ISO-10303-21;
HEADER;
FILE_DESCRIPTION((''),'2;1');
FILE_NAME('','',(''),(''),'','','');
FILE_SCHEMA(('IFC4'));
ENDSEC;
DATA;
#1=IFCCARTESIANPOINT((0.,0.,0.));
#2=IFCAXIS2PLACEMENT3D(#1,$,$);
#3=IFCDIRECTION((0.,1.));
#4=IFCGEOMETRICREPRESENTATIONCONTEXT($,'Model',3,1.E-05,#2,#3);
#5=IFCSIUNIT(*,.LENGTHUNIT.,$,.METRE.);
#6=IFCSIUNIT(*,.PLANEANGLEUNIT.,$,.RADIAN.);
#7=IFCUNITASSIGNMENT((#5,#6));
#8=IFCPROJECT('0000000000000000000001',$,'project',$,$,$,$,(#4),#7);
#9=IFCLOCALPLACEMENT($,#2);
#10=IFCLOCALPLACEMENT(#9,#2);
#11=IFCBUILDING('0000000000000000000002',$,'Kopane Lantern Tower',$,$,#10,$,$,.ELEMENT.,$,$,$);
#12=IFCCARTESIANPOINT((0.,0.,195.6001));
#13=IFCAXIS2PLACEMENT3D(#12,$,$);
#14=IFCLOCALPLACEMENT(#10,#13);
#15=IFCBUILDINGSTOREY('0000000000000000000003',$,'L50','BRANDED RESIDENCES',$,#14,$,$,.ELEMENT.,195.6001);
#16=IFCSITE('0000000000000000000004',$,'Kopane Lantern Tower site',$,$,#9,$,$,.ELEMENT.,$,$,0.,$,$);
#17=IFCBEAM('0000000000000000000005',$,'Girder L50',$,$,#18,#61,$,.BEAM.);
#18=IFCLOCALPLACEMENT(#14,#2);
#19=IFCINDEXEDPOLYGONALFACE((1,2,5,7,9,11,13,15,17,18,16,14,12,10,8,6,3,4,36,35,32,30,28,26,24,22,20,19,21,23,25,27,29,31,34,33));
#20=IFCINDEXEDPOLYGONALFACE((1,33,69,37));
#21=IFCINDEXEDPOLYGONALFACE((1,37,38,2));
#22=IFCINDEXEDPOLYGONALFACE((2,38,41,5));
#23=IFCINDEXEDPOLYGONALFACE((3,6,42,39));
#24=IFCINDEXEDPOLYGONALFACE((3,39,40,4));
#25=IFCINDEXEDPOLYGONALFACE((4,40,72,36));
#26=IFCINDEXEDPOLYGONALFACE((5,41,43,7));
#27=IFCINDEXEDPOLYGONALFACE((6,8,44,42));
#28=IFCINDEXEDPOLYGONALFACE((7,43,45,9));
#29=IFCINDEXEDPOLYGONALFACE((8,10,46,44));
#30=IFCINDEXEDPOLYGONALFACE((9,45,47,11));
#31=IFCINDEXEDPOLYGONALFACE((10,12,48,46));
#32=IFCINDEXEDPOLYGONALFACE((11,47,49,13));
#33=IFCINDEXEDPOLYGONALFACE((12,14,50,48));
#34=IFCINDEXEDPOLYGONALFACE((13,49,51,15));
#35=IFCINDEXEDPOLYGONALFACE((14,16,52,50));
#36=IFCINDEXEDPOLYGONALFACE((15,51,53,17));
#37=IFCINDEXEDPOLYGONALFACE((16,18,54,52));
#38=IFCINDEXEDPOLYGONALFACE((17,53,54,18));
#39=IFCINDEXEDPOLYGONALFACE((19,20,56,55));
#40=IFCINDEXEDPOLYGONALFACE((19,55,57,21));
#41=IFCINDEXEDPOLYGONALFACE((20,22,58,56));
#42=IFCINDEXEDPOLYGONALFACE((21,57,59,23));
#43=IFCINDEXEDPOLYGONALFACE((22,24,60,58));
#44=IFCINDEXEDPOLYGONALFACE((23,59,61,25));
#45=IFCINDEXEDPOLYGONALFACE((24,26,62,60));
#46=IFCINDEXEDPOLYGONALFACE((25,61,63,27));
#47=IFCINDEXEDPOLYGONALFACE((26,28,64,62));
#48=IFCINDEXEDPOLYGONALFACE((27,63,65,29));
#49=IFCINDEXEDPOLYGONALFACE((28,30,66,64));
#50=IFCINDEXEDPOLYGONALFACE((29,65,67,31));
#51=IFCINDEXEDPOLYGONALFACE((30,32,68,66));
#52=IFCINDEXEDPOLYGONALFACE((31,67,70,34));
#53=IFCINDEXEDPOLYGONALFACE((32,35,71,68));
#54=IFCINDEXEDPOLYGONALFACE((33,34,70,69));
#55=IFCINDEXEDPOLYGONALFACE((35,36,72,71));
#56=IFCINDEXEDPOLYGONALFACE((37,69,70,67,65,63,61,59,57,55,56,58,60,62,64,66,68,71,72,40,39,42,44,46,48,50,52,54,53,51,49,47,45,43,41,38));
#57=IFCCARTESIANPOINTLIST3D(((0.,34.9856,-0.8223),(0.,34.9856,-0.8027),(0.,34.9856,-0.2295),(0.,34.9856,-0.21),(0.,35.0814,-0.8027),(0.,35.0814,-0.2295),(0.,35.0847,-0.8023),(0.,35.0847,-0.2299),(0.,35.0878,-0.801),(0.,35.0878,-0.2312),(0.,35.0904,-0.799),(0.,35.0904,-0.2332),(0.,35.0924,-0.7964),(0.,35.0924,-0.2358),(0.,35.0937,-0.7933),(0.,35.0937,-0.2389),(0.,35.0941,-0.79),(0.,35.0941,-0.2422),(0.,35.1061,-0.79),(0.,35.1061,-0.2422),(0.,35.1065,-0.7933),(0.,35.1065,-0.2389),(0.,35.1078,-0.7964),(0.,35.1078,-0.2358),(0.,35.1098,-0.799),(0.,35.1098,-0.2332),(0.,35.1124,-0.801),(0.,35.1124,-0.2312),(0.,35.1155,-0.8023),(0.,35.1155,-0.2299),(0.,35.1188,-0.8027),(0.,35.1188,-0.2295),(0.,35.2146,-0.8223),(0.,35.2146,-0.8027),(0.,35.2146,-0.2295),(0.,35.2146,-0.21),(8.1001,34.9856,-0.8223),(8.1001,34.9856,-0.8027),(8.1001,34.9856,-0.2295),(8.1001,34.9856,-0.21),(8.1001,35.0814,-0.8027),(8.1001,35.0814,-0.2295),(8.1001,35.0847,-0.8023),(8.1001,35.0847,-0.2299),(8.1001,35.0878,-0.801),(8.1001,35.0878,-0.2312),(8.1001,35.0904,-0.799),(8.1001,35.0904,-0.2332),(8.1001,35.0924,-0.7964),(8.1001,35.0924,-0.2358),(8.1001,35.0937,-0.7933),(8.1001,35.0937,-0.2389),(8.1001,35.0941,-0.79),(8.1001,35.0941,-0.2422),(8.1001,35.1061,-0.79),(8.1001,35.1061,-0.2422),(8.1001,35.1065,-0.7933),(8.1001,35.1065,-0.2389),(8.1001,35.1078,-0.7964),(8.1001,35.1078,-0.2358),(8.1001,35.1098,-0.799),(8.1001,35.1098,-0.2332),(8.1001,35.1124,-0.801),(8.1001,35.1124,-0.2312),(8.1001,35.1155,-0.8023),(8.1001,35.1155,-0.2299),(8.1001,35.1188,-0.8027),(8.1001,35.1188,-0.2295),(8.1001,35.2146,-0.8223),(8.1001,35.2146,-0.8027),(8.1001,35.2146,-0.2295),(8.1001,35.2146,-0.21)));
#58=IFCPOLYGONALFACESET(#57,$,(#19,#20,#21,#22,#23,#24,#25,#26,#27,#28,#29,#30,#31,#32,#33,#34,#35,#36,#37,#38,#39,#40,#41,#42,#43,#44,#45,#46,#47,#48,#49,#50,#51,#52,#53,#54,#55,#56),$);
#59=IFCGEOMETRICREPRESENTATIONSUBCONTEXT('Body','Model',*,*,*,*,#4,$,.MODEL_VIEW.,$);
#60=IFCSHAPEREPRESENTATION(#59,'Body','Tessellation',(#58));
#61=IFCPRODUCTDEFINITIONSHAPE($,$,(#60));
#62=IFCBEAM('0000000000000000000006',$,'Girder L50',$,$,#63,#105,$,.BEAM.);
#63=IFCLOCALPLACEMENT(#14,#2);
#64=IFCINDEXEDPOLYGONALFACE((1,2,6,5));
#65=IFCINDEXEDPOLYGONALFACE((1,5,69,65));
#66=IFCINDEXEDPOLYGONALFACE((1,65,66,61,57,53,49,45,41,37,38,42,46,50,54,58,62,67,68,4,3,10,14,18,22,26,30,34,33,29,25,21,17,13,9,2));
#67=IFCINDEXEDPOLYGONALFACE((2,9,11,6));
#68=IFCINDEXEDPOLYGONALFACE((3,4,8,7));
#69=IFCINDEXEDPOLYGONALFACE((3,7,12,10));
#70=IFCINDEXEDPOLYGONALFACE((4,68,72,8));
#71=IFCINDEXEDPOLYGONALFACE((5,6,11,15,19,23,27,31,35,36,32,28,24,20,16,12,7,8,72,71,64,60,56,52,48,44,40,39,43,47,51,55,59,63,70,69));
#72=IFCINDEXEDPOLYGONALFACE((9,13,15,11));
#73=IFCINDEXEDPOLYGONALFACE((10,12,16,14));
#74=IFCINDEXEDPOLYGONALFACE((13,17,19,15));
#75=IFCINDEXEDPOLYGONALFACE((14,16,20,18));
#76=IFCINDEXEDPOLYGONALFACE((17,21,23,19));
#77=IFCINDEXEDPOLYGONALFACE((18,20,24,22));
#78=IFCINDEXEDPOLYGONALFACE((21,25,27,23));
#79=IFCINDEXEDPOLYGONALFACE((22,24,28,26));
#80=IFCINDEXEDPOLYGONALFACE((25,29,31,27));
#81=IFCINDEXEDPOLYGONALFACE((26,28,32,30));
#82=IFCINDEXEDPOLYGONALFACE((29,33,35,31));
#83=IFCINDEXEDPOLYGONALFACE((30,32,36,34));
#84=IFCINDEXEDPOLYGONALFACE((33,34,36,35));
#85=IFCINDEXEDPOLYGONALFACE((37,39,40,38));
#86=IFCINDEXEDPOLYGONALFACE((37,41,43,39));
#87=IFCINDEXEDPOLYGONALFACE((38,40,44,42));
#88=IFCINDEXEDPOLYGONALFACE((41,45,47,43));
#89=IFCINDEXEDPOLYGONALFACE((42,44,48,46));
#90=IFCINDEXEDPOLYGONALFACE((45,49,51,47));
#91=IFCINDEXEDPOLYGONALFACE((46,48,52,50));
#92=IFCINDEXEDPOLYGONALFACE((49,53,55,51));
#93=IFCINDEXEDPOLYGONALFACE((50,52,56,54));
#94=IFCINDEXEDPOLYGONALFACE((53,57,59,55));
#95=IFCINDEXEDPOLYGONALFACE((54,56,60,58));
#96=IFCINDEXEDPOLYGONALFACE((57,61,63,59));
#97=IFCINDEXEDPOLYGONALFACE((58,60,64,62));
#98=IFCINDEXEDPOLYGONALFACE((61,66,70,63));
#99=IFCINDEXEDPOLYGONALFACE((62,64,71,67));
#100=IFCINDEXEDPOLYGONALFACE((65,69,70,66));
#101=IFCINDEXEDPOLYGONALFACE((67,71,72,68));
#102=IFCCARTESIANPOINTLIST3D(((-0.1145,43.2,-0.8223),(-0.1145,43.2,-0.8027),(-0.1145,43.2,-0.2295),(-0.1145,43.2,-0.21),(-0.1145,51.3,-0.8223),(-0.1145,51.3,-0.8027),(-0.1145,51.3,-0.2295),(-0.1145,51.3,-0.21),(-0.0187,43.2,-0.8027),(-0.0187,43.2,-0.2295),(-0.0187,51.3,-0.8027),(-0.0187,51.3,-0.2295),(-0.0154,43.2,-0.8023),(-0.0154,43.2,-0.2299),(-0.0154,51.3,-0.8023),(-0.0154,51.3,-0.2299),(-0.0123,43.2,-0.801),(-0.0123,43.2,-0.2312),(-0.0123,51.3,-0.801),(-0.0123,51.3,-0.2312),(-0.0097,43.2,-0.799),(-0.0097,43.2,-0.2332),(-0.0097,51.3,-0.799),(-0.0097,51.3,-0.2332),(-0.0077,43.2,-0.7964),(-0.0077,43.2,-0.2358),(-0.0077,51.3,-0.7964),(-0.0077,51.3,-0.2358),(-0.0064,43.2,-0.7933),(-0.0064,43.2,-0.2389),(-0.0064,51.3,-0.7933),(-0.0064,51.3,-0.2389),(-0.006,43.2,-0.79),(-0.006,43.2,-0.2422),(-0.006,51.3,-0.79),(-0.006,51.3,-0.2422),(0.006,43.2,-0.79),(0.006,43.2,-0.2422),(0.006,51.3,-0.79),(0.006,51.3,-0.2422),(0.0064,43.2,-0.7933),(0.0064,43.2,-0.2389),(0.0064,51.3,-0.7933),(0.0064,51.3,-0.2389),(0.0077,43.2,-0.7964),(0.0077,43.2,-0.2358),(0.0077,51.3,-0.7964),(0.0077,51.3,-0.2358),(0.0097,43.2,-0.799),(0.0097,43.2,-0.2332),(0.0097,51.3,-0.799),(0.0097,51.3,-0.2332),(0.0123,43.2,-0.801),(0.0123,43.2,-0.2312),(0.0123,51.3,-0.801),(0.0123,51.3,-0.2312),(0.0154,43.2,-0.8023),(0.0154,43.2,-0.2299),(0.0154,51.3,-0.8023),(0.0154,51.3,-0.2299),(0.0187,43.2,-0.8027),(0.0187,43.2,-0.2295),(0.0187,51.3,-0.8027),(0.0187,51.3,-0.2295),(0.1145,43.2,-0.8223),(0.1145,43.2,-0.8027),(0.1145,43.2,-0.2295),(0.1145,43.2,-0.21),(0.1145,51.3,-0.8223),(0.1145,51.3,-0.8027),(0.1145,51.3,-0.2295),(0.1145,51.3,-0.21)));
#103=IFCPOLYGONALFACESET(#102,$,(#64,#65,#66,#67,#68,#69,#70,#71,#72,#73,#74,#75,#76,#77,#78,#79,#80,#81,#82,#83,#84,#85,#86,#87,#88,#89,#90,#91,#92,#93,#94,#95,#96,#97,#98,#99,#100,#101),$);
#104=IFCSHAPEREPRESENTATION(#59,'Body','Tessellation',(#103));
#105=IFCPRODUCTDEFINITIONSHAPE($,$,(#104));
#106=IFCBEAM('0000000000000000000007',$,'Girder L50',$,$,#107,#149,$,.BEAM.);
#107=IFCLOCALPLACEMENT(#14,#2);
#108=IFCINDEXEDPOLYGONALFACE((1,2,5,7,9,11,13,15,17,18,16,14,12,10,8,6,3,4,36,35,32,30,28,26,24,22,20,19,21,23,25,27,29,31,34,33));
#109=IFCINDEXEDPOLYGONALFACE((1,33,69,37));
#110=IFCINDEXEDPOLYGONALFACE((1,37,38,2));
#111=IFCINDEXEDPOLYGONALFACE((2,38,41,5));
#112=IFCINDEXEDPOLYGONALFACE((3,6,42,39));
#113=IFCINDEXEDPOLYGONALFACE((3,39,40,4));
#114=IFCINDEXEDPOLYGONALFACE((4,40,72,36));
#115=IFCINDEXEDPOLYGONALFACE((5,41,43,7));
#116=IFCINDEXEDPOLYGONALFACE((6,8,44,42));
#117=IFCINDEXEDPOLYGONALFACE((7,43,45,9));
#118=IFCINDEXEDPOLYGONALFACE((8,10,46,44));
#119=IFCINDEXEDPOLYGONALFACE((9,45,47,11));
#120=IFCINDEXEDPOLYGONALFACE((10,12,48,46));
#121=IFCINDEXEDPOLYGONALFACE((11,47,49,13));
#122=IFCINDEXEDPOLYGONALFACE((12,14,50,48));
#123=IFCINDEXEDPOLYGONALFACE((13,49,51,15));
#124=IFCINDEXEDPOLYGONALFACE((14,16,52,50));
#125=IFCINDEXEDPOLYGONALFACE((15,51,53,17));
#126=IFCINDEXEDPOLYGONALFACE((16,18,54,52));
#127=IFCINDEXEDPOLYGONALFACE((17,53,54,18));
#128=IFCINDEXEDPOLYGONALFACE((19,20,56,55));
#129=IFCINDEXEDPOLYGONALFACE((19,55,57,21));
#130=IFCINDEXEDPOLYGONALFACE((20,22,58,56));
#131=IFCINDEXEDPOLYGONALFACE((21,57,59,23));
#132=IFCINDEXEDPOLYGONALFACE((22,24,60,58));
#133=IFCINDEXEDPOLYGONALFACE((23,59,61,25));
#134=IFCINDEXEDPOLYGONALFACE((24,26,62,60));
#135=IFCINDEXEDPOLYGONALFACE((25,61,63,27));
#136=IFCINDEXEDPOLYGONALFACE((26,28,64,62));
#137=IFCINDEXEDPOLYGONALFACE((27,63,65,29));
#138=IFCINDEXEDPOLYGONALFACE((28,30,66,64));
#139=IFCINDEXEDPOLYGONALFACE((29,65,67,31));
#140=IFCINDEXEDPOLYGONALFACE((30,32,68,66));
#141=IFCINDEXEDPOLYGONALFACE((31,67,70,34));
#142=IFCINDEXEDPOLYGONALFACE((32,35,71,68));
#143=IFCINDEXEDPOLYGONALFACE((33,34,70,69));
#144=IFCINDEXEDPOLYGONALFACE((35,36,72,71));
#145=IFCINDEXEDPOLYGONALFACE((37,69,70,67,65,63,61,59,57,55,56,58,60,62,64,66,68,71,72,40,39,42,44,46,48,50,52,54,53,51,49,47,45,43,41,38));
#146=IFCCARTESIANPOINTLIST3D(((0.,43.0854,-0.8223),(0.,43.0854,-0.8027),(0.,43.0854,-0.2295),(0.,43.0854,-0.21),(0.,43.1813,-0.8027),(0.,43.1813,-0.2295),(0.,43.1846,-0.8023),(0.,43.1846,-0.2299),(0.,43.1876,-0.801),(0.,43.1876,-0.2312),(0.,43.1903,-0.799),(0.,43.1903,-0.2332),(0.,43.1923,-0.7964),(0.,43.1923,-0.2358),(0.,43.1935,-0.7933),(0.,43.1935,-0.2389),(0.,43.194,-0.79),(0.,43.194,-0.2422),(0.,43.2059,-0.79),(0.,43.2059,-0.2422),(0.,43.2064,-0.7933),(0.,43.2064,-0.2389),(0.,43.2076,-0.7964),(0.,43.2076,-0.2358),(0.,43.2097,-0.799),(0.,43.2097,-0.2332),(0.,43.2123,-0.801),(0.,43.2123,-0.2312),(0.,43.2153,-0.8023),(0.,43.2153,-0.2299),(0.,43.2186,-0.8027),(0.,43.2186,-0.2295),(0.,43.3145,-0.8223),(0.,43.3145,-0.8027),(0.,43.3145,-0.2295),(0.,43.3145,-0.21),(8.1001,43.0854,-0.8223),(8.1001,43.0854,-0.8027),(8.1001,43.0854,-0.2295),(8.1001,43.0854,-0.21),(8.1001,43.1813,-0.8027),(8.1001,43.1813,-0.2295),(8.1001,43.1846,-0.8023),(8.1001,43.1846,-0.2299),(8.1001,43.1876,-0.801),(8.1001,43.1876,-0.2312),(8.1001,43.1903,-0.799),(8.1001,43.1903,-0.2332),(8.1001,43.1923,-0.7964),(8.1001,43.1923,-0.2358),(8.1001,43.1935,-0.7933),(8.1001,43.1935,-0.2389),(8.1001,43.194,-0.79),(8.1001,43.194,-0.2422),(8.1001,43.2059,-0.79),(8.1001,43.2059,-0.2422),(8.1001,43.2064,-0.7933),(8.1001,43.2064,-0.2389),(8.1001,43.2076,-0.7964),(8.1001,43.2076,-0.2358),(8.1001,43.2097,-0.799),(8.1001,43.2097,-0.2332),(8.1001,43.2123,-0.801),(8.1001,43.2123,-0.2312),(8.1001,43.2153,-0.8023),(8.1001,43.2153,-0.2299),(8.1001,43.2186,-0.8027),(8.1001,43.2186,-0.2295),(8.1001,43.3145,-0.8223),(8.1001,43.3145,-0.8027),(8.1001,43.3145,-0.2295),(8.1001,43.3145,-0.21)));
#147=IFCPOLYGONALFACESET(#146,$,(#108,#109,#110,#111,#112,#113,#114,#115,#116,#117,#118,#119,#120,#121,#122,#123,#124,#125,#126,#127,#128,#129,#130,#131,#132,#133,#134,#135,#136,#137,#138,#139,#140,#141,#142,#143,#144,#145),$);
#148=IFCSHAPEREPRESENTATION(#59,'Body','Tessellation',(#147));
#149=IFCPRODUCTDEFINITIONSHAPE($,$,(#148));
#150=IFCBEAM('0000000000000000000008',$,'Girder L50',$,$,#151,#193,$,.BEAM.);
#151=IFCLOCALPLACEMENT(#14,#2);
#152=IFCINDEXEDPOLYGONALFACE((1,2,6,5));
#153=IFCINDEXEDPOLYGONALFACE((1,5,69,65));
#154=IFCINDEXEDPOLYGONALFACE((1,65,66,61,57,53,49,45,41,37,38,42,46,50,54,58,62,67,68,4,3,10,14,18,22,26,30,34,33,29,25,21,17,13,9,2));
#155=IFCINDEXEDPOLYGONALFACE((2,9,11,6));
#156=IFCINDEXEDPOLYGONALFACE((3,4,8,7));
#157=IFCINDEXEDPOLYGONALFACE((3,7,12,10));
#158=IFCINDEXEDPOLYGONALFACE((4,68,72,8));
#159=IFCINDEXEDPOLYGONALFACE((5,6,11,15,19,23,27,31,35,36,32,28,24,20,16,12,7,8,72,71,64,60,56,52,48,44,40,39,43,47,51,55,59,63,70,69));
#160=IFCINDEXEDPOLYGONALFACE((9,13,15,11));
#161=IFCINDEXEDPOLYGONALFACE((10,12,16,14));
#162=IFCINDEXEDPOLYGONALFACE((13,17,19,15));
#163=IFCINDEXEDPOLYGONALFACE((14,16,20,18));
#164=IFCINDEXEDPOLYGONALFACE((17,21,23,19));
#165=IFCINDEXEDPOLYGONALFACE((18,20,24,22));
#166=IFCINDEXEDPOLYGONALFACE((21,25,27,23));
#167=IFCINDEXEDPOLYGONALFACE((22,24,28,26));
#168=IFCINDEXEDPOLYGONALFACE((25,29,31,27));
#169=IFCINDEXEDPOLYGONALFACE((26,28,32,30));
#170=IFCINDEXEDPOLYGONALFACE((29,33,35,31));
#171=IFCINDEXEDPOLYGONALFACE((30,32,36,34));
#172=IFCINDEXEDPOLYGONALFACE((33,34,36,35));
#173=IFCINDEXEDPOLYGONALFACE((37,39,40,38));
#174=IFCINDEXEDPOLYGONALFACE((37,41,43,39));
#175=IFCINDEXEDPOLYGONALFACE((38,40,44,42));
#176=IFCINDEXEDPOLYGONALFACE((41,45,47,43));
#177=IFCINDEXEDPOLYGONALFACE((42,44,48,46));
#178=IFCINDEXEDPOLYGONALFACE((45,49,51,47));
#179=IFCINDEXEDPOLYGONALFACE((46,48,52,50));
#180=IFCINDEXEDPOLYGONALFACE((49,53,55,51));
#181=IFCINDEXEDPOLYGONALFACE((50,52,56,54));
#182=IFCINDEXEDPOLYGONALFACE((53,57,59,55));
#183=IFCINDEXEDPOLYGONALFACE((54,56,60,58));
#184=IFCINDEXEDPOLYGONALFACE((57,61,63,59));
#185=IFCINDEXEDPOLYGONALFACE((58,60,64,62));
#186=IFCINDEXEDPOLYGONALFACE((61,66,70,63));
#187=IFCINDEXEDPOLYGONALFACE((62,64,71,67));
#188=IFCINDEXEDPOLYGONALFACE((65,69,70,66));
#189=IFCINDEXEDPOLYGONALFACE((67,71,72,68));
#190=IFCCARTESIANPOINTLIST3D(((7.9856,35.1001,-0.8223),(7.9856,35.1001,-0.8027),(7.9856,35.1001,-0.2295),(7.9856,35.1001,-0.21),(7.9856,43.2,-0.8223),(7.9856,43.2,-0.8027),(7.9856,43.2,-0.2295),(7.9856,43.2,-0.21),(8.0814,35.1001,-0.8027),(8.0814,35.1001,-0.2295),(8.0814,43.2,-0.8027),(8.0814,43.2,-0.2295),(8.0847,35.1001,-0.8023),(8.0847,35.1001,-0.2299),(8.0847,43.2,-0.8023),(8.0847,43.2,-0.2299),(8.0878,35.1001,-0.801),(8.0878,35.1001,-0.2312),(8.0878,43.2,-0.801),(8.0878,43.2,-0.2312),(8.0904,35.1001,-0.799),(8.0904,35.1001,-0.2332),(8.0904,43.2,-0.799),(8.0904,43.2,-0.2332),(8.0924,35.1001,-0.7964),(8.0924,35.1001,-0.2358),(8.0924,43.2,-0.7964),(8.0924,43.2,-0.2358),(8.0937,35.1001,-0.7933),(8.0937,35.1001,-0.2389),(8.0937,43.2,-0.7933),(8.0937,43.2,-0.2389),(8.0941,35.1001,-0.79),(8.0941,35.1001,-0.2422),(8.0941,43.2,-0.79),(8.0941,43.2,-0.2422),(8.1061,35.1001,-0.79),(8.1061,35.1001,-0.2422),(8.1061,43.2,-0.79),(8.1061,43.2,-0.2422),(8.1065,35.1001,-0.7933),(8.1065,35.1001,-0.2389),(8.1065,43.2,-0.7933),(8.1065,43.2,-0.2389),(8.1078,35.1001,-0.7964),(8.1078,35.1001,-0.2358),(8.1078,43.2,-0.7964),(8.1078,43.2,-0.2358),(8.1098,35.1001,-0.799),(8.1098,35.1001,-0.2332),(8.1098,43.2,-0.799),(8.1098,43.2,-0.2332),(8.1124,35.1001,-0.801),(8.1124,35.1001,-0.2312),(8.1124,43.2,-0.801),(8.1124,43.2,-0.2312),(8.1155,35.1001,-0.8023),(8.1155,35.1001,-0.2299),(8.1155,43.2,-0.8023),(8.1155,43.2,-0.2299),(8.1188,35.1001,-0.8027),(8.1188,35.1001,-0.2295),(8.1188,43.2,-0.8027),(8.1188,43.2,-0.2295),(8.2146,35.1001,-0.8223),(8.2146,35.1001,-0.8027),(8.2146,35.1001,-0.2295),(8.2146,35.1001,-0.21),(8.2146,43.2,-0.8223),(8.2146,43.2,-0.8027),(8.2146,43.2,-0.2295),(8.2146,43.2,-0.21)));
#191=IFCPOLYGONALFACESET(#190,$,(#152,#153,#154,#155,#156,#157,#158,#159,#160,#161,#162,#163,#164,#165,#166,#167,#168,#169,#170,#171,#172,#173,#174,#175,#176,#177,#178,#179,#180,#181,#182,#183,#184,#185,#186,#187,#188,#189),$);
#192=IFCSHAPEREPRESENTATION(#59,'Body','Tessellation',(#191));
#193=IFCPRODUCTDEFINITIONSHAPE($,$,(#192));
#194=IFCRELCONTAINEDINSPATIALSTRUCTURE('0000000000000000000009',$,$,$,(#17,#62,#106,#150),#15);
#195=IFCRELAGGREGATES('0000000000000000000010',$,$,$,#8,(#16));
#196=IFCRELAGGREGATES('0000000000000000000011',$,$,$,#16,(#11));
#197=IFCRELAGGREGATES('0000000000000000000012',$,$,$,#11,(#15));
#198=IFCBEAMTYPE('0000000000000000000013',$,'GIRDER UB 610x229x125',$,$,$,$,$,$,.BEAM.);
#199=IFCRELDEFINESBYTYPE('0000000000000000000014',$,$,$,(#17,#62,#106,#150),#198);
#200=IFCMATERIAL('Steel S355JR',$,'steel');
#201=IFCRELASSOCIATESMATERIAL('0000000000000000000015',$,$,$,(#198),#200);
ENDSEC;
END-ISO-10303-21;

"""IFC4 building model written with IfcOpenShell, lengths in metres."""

from ifc_helpers import new_model, si_unit, direction, frame, origin, origin_2d, place, context, subcontext, project, spatial, i_section, extrude, material, material_profile, profile_set, type_object, element, save


model = new_model("IFC4")

# Units and contexts
model_context = context("Model", 3, precision=1e-05, world=origin(), true_north=direction((0.0, 1.0)))
body_context = subcontext(model_context, "Body", "Model", "MODEL_VIEW")
ifc_project = project(units=[si_unit("LENGTHUNIT", "METRE"), si_unit("PLANEANGLEUNIT", "RADIAN")], contexts=[model_context])

# Site, building, storey
site_placement = place(None, origin())
site = spatial("IfcSite", under=ifc_project, at=site_placement, Name="Kopane Lantern Tower site", CompositionType="ELEMENT", RefElevation=0.0)
building_placement = place(site_placement, origin())
building = spatial("IfcBuilding", under=site, at=building_placement, Name="Kopane Lantern Tower", CompositionType="ELEMENT")
storey_placement = place(building_placement, frame((0.0, 0.0, 195.6001)))
storey = spatial("IfcBuildingStorey", under=building, at=storey_placement, Name="L50", Description="BRANDED RESIDENCES", CompositionType="ELEMENT", Elevation=195.6001)

# Beams
ifc_material_1 = material(Name="Steel S355JR", Category="steel")
ifc_material_profile_1 = material_profile(ifc_material_1, i_section(OverallWidth=0.229, OverallDepth=0.6123, WebThickness=0.012, FlangeThickness=0.0195, FilletRadius=0.0127, at=origin_2d()), Name="UB 610x229x125")
ifc_profile_set_1 = profile_set([ifc_material_profile_1], Name="Steel S355JR")
beam_type = type_object("IfcBeamType", Name="GIRDER UB 610x229x125", PredefinedType="BEAM", material=ifc_profile_set_1)
for number, where, z_axis, x_axis, name in (
    (1, (0.0, 35.1001, -0.5161), (1.0, 0.0, 0.0), (0.0, 1.0, 0.0), "Girder L50"),
    (2, (0.0, 43.2, -0.5161), (0.0, 1.0, 0.0), (-1.0, 0.0, 0.0), "Girder L50"),
    (3, (0.0, 43.2, -0.5161), (1.0, 0.0, 0.0), (0.0, 1.0, 0.0), "Girder L50"),
):
    element("IfcBeam", number, at=place(storey_placement, frame(where, z_axis=z_axis, x_axis=x_axis)), inside=storey, type_object=beam_type, Name=name, PredefinedType="BEAM", context=body_context, shape_type="SweptSolid", body=[
        extrude(i_section(OverallWidth=0.229, OverallDepth=0.6123, WebThickness=0.012, FlangeThickness=0.0195, FilletRadius=0.0127, at=origin_2d()), origin(), (0.0, 0.0, 1.0), 8.1001),
    ])
for number, where, z_axis, x_axis, name in (
    (4, (8.1001, 35.1001, -0.5161), (0.0, 1.0, 0.0), (-1.0, 0.0, 0.0), "Girder L50"),
):
    element("IfcBeam", number, at=place(storey_placement, frame(where, z_axis=z_axis, x_axis=x_axis)), inside=storey, type_object=beam_type, Name=name, PredefinedType="BEAM", context=body_context, shape_type="SweptSolid", body=[
        extrude(i_section(OverallWidth=0.229, OverallDepth=0.6123, WebThickness=0.012, FlangeThickness=0.0195, FilletRadius=0.0127, at=origin_2d()), origin(), (0.0, 0.0, 1.0), 8.0999),
    ])

save(model, "model.ifc")
